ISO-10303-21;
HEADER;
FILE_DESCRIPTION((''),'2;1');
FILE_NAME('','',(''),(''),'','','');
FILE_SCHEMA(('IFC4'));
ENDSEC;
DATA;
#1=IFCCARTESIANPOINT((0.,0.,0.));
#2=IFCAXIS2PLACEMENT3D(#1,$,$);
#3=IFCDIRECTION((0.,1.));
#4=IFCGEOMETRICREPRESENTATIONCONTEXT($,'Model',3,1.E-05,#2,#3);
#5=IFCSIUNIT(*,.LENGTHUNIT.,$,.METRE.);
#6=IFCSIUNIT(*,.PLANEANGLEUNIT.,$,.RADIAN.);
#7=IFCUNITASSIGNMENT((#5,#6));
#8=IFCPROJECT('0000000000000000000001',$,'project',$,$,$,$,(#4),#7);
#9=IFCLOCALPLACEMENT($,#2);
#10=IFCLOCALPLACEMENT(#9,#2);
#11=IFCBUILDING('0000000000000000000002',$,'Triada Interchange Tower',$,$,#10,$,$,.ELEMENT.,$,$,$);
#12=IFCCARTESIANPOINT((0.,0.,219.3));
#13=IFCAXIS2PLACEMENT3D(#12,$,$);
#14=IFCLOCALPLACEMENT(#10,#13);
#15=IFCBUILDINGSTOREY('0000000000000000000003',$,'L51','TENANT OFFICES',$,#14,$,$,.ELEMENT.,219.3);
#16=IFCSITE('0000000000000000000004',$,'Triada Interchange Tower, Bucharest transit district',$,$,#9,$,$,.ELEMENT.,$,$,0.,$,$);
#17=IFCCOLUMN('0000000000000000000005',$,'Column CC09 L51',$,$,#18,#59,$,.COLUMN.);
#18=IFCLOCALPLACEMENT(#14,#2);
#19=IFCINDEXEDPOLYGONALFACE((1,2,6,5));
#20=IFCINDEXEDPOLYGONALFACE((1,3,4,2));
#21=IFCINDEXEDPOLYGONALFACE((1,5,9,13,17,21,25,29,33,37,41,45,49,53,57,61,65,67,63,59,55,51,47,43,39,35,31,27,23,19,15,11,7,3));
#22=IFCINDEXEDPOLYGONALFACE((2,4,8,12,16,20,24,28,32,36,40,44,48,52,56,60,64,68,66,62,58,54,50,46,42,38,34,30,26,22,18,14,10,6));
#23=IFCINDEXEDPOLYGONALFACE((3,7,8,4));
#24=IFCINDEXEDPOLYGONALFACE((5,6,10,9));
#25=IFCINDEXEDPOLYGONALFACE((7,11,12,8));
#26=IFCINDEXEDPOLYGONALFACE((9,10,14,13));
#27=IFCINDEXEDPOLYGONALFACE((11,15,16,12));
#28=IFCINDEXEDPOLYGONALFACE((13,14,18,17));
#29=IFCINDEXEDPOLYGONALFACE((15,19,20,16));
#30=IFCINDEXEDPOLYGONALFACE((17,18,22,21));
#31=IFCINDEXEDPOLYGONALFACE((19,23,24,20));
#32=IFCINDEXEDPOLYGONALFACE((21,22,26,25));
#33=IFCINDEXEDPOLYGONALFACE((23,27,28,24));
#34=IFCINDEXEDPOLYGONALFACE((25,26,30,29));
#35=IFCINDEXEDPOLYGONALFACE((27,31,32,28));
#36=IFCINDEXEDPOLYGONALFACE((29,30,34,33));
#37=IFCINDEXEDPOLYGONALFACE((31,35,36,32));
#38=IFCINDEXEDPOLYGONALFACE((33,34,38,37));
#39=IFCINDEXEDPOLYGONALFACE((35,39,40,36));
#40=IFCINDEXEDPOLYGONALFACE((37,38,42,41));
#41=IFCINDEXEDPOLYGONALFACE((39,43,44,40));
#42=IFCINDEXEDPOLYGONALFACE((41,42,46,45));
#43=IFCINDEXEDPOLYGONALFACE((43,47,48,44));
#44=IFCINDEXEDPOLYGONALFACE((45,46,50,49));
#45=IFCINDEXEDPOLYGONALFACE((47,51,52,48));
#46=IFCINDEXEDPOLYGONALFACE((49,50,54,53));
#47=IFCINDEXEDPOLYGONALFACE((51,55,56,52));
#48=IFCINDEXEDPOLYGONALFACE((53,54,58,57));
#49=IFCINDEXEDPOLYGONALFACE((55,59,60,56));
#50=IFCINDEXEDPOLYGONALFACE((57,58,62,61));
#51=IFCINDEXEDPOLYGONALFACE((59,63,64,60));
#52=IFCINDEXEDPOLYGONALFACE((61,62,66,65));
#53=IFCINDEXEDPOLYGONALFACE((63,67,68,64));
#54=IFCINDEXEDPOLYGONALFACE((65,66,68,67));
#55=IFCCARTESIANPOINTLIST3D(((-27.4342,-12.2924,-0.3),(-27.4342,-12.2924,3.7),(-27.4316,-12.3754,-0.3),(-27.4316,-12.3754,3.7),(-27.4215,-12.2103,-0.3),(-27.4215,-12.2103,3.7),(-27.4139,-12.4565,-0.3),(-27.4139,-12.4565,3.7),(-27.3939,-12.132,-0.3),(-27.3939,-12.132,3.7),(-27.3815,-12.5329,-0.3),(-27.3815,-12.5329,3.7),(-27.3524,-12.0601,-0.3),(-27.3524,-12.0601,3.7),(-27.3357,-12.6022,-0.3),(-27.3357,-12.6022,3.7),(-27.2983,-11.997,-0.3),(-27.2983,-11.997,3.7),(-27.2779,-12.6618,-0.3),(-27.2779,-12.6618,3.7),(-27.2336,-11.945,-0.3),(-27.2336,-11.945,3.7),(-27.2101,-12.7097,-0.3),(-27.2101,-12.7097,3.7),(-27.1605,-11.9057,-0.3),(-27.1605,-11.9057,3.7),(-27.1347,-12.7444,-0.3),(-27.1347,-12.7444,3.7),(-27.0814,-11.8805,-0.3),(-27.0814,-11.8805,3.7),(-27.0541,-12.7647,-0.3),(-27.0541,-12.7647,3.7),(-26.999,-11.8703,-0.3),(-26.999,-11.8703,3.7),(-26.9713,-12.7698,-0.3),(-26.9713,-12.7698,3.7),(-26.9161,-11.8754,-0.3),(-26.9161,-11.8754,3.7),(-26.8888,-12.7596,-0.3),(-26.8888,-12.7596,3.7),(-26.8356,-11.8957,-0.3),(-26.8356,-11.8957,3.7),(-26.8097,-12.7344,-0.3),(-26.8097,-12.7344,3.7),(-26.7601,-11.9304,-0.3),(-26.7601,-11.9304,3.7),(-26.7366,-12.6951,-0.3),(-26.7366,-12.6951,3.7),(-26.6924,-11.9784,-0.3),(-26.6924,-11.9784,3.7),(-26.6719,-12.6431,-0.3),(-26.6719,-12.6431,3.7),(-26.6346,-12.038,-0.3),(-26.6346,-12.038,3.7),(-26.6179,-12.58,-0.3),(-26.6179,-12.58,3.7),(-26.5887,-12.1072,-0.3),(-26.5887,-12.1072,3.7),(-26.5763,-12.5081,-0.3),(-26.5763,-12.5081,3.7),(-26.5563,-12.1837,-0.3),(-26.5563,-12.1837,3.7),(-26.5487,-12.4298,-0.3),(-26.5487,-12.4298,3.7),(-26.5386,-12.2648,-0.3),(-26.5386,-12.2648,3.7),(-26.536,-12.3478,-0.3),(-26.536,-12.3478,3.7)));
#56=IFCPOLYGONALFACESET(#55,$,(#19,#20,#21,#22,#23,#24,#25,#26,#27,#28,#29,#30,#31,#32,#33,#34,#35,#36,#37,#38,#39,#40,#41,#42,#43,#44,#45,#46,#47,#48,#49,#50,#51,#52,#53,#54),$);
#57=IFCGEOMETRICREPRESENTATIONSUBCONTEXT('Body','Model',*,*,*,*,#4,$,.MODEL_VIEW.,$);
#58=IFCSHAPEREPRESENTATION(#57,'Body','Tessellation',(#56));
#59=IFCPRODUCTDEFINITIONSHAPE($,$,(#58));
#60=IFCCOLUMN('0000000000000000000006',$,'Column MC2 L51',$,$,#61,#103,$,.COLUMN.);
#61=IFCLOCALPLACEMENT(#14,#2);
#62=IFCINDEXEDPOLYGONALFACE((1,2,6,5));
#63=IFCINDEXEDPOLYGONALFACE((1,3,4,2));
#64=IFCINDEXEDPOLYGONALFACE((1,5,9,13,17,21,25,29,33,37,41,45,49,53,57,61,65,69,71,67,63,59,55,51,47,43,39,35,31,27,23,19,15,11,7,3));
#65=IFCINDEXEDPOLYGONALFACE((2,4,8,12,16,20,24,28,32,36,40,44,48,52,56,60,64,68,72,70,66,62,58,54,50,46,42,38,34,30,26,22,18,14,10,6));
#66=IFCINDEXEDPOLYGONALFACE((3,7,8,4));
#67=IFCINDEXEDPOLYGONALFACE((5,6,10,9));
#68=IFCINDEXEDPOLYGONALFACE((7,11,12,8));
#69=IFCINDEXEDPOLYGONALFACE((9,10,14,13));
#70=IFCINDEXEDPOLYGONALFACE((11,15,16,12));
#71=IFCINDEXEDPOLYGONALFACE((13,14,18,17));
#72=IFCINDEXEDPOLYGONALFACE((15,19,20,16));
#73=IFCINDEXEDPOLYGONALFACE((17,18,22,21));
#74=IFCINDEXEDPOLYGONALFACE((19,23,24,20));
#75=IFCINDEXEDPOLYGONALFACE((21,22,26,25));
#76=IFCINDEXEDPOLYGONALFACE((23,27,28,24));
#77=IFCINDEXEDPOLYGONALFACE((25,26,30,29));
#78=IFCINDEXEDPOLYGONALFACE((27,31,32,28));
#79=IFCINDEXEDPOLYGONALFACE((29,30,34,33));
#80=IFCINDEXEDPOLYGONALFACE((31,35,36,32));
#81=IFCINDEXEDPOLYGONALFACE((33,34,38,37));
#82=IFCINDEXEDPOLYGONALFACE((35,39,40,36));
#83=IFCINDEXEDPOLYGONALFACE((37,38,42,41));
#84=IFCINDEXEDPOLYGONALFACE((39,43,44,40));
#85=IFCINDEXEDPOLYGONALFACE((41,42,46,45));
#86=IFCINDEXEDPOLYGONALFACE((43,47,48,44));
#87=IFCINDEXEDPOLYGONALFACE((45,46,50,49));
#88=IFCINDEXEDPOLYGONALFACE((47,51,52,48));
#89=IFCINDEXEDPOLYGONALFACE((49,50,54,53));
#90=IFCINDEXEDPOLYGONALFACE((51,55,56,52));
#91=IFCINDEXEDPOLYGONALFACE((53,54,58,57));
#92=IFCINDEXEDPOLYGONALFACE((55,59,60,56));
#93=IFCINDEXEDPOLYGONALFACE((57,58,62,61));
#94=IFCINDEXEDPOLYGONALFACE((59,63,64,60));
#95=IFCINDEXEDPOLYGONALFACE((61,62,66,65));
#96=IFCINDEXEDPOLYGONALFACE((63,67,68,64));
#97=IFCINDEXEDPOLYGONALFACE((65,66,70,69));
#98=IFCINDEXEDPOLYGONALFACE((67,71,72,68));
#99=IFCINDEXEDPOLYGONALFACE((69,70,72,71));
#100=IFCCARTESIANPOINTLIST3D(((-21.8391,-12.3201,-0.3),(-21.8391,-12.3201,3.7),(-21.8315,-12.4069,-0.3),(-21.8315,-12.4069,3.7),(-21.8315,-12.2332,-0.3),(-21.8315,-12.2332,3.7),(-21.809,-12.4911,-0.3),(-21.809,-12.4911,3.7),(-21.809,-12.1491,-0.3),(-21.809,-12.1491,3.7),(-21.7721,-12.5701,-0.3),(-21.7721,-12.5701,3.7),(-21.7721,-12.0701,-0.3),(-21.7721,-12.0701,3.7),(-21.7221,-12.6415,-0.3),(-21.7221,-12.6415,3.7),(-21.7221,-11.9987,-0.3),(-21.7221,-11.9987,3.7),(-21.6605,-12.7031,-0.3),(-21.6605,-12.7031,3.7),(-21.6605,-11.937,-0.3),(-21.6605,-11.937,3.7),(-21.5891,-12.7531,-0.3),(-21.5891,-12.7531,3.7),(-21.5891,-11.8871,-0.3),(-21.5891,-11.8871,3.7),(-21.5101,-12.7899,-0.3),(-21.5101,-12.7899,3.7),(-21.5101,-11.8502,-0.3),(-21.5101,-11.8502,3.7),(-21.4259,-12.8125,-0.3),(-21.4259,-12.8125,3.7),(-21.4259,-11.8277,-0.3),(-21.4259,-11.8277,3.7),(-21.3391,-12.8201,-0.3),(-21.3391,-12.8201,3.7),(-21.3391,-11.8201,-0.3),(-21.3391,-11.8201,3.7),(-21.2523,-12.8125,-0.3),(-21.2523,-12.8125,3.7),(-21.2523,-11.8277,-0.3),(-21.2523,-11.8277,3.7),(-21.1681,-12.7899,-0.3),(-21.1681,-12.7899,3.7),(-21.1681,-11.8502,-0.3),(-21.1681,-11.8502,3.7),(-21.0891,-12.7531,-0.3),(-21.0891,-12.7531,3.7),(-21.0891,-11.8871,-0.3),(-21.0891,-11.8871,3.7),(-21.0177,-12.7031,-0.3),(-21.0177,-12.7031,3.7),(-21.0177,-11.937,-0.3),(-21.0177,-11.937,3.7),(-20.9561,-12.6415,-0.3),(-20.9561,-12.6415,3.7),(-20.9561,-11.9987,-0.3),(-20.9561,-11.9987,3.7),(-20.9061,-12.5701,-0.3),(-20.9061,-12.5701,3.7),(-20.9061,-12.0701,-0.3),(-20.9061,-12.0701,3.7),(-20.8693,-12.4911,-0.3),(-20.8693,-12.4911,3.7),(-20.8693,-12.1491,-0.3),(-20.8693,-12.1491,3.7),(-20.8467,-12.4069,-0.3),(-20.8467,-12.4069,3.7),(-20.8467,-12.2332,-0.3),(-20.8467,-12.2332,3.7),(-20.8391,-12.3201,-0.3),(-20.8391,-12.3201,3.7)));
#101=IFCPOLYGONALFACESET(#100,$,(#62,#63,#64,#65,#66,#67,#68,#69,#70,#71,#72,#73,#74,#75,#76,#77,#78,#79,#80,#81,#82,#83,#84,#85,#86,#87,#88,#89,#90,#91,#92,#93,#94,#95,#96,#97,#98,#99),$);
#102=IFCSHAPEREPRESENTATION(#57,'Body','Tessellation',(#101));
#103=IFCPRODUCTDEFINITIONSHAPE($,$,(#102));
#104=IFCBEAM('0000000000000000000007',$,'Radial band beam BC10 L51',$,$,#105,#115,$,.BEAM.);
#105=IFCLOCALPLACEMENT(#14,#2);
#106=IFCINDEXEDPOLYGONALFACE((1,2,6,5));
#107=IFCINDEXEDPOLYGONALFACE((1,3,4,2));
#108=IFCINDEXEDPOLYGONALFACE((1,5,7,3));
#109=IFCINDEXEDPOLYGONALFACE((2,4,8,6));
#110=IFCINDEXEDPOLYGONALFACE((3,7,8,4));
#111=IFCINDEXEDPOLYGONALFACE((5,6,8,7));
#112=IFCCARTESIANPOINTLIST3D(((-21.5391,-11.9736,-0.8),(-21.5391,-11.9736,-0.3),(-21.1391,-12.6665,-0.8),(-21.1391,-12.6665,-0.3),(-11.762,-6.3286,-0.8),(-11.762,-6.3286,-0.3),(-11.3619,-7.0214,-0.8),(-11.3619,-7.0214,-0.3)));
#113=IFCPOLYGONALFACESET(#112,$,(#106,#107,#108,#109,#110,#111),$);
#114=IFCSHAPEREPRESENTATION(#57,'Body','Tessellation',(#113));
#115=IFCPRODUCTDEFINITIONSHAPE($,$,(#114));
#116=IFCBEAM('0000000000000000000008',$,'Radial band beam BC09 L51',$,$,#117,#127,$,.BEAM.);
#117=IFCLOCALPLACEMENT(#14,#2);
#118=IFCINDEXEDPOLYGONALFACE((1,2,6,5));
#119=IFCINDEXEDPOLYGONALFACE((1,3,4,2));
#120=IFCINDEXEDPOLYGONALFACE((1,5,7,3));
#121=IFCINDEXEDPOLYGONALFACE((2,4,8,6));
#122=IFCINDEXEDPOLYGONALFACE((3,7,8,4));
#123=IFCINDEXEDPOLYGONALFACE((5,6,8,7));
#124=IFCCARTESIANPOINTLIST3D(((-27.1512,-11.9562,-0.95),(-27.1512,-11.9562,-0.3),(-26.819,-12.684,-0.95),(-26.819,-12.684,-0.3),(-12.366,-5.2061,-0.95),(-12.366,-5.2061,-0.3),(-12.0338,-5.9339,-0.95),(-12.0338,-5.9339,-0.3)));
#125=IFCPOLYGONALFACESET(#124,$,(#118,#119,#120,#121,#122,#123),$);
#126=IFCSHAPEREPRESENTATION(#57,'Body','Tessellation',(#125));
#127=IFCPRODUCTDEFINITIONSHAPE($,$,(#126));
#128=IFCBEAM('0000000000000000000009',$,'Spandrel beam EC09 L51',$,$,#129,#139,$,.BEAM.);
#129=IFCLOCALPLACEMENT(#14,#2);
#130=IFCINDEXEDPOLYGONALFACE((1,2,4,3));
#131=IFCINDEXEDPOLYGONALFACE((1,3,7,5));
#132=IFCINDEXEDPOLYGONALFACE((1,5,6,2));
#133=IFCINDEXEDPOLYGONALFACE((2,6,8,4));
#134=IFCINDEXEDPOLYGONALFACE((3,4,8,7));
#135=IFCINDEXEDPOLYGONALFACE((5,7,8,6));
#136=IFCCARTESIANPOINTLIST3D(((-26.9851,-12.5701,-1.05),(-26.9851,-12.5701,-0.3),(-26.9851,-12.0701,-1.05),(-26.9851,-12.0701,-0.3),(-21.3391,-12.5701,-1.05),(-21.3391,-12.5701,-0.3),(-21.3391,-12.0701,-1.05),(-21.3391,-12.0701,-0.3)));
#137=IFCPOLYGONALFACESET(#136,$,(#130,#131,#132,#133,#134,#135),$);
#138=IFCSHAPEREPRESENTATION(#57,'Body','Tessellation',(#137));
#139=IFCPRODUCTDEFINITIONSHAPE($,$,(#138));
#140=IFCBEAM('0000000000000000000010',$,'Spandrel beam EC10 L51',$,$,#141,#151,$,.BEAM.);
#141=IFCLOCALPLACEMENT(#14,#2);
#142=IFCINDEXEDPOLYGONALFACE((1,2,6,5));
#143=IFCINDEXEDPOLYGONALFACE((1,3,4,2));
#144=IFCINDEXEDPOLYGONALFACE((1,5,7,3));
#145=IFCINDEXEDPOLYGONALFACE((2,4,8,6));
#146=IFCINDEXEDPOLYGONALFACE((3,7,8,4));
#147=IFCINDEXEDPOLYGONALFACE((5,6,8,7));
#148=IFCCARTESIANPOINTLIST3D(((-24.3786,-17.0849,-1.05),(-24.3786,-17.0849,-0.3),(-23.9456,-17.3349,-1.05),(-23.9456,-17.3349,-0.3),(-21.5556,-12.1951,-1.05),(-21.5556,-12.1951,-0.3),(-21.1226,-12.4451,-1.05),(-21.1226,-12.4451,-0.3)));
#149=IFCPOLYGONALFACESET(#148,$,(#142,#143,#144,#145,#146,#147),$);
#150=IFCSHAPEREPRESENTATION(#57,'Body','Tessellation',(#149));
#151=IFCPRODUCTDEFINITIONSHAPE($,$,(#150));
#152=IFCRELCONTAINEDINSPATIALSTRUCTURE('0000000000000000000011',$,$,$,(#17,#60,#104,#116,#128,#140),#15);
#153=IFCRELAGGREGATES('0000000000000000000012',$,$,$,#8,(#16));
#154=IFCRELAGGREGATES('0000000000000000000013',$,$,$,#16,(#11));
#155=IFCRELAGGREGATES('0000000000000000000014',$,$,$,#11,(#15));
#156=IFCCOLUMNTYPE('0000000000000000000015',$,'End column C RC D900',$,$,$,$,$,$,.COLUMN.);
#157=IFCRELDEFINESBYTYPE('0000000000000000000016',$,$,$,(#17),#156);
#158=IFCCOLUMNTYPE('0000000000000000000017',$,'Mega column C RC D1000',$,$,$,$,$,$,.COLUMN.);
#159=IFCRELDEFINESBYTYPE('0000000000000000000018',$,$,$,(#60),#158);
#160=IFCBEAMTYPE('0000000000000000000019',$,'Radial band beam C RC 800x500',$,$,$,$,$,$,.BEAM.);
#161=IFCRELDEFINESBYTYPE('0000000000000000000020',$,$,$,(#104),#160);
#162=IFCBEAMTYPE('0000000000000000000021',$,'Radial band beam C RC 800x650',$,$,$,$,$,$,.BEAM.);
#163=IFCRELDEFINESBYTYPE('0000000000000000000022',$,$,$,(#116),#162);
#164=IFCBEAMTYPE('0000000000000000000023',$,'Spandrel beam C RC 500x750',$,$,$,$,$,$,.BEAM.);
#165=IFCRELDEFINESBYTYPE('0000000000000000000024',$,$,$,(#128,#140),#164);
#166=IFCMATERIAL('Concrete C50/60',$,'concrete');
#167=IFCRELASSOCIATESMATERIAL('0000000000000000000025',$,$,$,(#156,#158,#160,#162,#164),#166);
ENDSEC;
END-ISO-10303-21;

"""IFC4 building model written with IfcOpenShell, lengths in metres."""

from ifc_helpers import new_model, si_unit, direction, frame, origin, origin_2d, place, context, subcontext, project, spatial, rectangle, circle, extrude, material, material_profile, profile_set, type_object, element, save


model = new_model("IFC4")

# Units and contexts
model_context = context("Model", 3, precision=1e-05, world=origin(), true_north=direction((0.0, 1.0)))
body_context = subcontext(model_context, "Body", "Model", "MODEL_VIEW")
ifc_project = project(units=[si_unit("LENGTHUNIT", "METRE"), si_unit("PLANEANGLEUNIT", "RADIAN")], contexts=[model_context])

# Site, building, storey
site_placement = place(None, origin())
site = spatial("IfcSite", under=ifc_project, at=site_placement, Name="Triada Interchange Tower, Bucharest transit district", CompositionType="ELEMENT", RefElevation=0.0)
building_placement = place(site_placement, origin())
building = spatial("IfcBuilding", under=site, at=building_placement, Name="Triada Interchange Tower", CompositionType="ELEMENT")
storey_placement = place(building_placement, frame((0.0, 0.0, 219.3)))
storey = spatial("IfcBuildingStorey", under=building, at=storey_placement, Name="L51", Description="TENANT OFFICES", CompositionType="ELEMENT", Elevation=219.3)

# Columns
ifc_material_1 = material(Name="Concrete C50/60", Category="concrete")
ifc_material_profile_1 = material_profile(ifc_material_1, circle(Radius=0.45, at=origin_2d()), Name="RC D900")
ifc_profile_set_1 = profile_set([ifc_material_profile_1], Name="Concrete C50/60")
column_type_1 = type_object("IfcColumnType", Name="End column C RC D900", PredefinedType="COLUMN", material=ifc_profile_set_1)
column_1_placement = place(storey_placement, frame((-26.9851, -12.3201, -0.3), z_axis=(0.0, 0.0, 1.0), x_axis=(0.5, 0.866025, 0.0)))
element("IfcColumn", 1, at=column_1_placement, inside=storey, type_object=column_type_1, Name="Column CC09 L51", PredefinedType="COLUMN", context=body_context, shape_type="SweptSolid", body=[
    extrude(circle(Radius=0.45, at=origin_2d()), origin(), (0.0, 0.0, 1.0), 4.0),
])
ifc_material_profile_2 = material_profile(ifc_material_1, circle(Radius=0.5, at=origin_2d()), Name="RC D1000")
ifc_profile_set_2 = profile_set([ifc_material_profile_2], Name="Concrete C50/60")
column_type_2 = type_object("IfcColumnType", Name="Mega column C RC D1000", PredefinedType="COLUMN", material=ifc_profile_set_2)
column_2_placement = place(storey_placement, frame((-21.3391, -12.3201, -0.3), z_axis=(0.0, 0.0, 1.0), x_axis=(1.0, 0.0, 0.0)))
element("IfcColumn", 2, at=column_2_placement, inside=storey, type_object=column_type_2, Name="Column MC2 L51", PredefinedType="COLUMN", context=body_context, shape_type="SweptSolid", body=[
    extrude(circle(Radius=0.5, at=origin_2d()), origin(), (0.0, 0.0, 1.0), 4.0),
])

# Beams
ifc_material_profile_3 = material_profile(ifc_material_1, rectangle(XDim=0.8, YDim=0.5, at=origin_2d()), Name="RC 800x500")
ifc_profile_set_3 = profile_set([ifc_material_profile_3], Name="Concrete C50/60")
beam_type_1 = type_object("IfcBeamType", Name="Radial band beam C RC 800x500", PredefinedType="BEAM", material=ifc_profile_set_3)
beam_1_placement = place(storey_placement, frame((-21.3391, -12.3201, -0.55), z_axis=(0.866017, 0.500014, 0.0), x_axis=(-0.500014, 0.866017, 0.0)))
element("IfcBeam", 3, at=beam_1_placement, inside=storey, type_object=beam_type_1, Name="Radial band beam BC10 L51", PredefinedType="BEAM", context=body_context, shape_type="SweptSolid", body=[
    extrude(rectangle(XDim=0.8, YDim=0.5, at=origin_2d()), origin(), (0.0, 0.0, 1.0), 11.2898),
])
ifc_material_profile_4 = material_profile(ifc_material_1, rectangle(XDim=0.8, YDim=0.6499, at=origin_2d()), Name="RC 800x650")
ifc_profile_set_4 = profile_set([ifc_material_profile_4], Name="Concrete C50/60")
beam_type_2 = type_object("IfcBeamType", Name="Radial band beam C RC 800x650", PredefinedType="BEAM", material=ifc_profile_set_4)
beam_2_placement = place(storey_placement, frame((-26.9851, -12.3201, -0.625), z_axis=(0.909682, 0.415305, 0.0), x_axis=(-0.415305, 0.909682, 0.0)))
element("IfcBeam", 4, at=beam_2_placement, inside=storey, type_object=beam_type_2, Name="Radial band beam BC09 L51", PredefinedType="BEAM", context=body_context, shape_type="SweptSolid", body=[
    extrude(rectangle(XDim=0.8, YDim=0.6499, at=origin_2d()), origin(), (0.0, 0.0, 1.0), 16.2532),
])
ifc_material_profile_5 = material_profile(ifc_material_1, rectangle(XDim=0.5, YDim=0.75, at=origin_2d()), Name="RC 500x750")
ifc_profile_set_5 = profile_set([ifc_material_profile_5], Name="Concrete C50/60")
beam_type_3 = type_object("IfcBeamType", Name="Spandrel beam C RC 500x750", PredefinedType="BEAM", material=ifc_profile_set_5)
beam_3_placement = place(storey_placement, frame((-26.9851, -12.3201, -0.675), z_axis=(1.0, 0.0, 0.0), x_axis=(0.0, 1.0, 0.0)))
element("IfcBeam", 5, at=beam_3_placement, inside=storey, type_object=beam_type_3, Name="Spandrel beam EC09 L51", PredefinedType="BEAM", context=body_context, shape_type="SweptSolid", body=[
    extrude(rectangle(XDim=0.5, YDim=0.75, at=origin_2d()), origin(), (0.0, 0.0, 1.0), 5.646),
])
beam_4_placement = place(storey_placement, frame((-21.3391, -12.3201, -0.675), z_axis=(-0.499976, -0.866039, 0.0), x_axis=(0.866039, -0.499976, 0.0)))
element("IfcBeam", 6, at=beam_4_placement, inside=storey, type_object=beam_type_3, Name="Spandrel beam EC10 L51", PredefinedType="BEAM", context=body_context, shape_type="SweptSolid", body=[
    extrude(rectangle(XDim=0.5, YDim=0.75, at=origin_2d()), origin(), (0.0, 0.0, 1.0), 5.6462),
])

save(model, "model.ifc")
